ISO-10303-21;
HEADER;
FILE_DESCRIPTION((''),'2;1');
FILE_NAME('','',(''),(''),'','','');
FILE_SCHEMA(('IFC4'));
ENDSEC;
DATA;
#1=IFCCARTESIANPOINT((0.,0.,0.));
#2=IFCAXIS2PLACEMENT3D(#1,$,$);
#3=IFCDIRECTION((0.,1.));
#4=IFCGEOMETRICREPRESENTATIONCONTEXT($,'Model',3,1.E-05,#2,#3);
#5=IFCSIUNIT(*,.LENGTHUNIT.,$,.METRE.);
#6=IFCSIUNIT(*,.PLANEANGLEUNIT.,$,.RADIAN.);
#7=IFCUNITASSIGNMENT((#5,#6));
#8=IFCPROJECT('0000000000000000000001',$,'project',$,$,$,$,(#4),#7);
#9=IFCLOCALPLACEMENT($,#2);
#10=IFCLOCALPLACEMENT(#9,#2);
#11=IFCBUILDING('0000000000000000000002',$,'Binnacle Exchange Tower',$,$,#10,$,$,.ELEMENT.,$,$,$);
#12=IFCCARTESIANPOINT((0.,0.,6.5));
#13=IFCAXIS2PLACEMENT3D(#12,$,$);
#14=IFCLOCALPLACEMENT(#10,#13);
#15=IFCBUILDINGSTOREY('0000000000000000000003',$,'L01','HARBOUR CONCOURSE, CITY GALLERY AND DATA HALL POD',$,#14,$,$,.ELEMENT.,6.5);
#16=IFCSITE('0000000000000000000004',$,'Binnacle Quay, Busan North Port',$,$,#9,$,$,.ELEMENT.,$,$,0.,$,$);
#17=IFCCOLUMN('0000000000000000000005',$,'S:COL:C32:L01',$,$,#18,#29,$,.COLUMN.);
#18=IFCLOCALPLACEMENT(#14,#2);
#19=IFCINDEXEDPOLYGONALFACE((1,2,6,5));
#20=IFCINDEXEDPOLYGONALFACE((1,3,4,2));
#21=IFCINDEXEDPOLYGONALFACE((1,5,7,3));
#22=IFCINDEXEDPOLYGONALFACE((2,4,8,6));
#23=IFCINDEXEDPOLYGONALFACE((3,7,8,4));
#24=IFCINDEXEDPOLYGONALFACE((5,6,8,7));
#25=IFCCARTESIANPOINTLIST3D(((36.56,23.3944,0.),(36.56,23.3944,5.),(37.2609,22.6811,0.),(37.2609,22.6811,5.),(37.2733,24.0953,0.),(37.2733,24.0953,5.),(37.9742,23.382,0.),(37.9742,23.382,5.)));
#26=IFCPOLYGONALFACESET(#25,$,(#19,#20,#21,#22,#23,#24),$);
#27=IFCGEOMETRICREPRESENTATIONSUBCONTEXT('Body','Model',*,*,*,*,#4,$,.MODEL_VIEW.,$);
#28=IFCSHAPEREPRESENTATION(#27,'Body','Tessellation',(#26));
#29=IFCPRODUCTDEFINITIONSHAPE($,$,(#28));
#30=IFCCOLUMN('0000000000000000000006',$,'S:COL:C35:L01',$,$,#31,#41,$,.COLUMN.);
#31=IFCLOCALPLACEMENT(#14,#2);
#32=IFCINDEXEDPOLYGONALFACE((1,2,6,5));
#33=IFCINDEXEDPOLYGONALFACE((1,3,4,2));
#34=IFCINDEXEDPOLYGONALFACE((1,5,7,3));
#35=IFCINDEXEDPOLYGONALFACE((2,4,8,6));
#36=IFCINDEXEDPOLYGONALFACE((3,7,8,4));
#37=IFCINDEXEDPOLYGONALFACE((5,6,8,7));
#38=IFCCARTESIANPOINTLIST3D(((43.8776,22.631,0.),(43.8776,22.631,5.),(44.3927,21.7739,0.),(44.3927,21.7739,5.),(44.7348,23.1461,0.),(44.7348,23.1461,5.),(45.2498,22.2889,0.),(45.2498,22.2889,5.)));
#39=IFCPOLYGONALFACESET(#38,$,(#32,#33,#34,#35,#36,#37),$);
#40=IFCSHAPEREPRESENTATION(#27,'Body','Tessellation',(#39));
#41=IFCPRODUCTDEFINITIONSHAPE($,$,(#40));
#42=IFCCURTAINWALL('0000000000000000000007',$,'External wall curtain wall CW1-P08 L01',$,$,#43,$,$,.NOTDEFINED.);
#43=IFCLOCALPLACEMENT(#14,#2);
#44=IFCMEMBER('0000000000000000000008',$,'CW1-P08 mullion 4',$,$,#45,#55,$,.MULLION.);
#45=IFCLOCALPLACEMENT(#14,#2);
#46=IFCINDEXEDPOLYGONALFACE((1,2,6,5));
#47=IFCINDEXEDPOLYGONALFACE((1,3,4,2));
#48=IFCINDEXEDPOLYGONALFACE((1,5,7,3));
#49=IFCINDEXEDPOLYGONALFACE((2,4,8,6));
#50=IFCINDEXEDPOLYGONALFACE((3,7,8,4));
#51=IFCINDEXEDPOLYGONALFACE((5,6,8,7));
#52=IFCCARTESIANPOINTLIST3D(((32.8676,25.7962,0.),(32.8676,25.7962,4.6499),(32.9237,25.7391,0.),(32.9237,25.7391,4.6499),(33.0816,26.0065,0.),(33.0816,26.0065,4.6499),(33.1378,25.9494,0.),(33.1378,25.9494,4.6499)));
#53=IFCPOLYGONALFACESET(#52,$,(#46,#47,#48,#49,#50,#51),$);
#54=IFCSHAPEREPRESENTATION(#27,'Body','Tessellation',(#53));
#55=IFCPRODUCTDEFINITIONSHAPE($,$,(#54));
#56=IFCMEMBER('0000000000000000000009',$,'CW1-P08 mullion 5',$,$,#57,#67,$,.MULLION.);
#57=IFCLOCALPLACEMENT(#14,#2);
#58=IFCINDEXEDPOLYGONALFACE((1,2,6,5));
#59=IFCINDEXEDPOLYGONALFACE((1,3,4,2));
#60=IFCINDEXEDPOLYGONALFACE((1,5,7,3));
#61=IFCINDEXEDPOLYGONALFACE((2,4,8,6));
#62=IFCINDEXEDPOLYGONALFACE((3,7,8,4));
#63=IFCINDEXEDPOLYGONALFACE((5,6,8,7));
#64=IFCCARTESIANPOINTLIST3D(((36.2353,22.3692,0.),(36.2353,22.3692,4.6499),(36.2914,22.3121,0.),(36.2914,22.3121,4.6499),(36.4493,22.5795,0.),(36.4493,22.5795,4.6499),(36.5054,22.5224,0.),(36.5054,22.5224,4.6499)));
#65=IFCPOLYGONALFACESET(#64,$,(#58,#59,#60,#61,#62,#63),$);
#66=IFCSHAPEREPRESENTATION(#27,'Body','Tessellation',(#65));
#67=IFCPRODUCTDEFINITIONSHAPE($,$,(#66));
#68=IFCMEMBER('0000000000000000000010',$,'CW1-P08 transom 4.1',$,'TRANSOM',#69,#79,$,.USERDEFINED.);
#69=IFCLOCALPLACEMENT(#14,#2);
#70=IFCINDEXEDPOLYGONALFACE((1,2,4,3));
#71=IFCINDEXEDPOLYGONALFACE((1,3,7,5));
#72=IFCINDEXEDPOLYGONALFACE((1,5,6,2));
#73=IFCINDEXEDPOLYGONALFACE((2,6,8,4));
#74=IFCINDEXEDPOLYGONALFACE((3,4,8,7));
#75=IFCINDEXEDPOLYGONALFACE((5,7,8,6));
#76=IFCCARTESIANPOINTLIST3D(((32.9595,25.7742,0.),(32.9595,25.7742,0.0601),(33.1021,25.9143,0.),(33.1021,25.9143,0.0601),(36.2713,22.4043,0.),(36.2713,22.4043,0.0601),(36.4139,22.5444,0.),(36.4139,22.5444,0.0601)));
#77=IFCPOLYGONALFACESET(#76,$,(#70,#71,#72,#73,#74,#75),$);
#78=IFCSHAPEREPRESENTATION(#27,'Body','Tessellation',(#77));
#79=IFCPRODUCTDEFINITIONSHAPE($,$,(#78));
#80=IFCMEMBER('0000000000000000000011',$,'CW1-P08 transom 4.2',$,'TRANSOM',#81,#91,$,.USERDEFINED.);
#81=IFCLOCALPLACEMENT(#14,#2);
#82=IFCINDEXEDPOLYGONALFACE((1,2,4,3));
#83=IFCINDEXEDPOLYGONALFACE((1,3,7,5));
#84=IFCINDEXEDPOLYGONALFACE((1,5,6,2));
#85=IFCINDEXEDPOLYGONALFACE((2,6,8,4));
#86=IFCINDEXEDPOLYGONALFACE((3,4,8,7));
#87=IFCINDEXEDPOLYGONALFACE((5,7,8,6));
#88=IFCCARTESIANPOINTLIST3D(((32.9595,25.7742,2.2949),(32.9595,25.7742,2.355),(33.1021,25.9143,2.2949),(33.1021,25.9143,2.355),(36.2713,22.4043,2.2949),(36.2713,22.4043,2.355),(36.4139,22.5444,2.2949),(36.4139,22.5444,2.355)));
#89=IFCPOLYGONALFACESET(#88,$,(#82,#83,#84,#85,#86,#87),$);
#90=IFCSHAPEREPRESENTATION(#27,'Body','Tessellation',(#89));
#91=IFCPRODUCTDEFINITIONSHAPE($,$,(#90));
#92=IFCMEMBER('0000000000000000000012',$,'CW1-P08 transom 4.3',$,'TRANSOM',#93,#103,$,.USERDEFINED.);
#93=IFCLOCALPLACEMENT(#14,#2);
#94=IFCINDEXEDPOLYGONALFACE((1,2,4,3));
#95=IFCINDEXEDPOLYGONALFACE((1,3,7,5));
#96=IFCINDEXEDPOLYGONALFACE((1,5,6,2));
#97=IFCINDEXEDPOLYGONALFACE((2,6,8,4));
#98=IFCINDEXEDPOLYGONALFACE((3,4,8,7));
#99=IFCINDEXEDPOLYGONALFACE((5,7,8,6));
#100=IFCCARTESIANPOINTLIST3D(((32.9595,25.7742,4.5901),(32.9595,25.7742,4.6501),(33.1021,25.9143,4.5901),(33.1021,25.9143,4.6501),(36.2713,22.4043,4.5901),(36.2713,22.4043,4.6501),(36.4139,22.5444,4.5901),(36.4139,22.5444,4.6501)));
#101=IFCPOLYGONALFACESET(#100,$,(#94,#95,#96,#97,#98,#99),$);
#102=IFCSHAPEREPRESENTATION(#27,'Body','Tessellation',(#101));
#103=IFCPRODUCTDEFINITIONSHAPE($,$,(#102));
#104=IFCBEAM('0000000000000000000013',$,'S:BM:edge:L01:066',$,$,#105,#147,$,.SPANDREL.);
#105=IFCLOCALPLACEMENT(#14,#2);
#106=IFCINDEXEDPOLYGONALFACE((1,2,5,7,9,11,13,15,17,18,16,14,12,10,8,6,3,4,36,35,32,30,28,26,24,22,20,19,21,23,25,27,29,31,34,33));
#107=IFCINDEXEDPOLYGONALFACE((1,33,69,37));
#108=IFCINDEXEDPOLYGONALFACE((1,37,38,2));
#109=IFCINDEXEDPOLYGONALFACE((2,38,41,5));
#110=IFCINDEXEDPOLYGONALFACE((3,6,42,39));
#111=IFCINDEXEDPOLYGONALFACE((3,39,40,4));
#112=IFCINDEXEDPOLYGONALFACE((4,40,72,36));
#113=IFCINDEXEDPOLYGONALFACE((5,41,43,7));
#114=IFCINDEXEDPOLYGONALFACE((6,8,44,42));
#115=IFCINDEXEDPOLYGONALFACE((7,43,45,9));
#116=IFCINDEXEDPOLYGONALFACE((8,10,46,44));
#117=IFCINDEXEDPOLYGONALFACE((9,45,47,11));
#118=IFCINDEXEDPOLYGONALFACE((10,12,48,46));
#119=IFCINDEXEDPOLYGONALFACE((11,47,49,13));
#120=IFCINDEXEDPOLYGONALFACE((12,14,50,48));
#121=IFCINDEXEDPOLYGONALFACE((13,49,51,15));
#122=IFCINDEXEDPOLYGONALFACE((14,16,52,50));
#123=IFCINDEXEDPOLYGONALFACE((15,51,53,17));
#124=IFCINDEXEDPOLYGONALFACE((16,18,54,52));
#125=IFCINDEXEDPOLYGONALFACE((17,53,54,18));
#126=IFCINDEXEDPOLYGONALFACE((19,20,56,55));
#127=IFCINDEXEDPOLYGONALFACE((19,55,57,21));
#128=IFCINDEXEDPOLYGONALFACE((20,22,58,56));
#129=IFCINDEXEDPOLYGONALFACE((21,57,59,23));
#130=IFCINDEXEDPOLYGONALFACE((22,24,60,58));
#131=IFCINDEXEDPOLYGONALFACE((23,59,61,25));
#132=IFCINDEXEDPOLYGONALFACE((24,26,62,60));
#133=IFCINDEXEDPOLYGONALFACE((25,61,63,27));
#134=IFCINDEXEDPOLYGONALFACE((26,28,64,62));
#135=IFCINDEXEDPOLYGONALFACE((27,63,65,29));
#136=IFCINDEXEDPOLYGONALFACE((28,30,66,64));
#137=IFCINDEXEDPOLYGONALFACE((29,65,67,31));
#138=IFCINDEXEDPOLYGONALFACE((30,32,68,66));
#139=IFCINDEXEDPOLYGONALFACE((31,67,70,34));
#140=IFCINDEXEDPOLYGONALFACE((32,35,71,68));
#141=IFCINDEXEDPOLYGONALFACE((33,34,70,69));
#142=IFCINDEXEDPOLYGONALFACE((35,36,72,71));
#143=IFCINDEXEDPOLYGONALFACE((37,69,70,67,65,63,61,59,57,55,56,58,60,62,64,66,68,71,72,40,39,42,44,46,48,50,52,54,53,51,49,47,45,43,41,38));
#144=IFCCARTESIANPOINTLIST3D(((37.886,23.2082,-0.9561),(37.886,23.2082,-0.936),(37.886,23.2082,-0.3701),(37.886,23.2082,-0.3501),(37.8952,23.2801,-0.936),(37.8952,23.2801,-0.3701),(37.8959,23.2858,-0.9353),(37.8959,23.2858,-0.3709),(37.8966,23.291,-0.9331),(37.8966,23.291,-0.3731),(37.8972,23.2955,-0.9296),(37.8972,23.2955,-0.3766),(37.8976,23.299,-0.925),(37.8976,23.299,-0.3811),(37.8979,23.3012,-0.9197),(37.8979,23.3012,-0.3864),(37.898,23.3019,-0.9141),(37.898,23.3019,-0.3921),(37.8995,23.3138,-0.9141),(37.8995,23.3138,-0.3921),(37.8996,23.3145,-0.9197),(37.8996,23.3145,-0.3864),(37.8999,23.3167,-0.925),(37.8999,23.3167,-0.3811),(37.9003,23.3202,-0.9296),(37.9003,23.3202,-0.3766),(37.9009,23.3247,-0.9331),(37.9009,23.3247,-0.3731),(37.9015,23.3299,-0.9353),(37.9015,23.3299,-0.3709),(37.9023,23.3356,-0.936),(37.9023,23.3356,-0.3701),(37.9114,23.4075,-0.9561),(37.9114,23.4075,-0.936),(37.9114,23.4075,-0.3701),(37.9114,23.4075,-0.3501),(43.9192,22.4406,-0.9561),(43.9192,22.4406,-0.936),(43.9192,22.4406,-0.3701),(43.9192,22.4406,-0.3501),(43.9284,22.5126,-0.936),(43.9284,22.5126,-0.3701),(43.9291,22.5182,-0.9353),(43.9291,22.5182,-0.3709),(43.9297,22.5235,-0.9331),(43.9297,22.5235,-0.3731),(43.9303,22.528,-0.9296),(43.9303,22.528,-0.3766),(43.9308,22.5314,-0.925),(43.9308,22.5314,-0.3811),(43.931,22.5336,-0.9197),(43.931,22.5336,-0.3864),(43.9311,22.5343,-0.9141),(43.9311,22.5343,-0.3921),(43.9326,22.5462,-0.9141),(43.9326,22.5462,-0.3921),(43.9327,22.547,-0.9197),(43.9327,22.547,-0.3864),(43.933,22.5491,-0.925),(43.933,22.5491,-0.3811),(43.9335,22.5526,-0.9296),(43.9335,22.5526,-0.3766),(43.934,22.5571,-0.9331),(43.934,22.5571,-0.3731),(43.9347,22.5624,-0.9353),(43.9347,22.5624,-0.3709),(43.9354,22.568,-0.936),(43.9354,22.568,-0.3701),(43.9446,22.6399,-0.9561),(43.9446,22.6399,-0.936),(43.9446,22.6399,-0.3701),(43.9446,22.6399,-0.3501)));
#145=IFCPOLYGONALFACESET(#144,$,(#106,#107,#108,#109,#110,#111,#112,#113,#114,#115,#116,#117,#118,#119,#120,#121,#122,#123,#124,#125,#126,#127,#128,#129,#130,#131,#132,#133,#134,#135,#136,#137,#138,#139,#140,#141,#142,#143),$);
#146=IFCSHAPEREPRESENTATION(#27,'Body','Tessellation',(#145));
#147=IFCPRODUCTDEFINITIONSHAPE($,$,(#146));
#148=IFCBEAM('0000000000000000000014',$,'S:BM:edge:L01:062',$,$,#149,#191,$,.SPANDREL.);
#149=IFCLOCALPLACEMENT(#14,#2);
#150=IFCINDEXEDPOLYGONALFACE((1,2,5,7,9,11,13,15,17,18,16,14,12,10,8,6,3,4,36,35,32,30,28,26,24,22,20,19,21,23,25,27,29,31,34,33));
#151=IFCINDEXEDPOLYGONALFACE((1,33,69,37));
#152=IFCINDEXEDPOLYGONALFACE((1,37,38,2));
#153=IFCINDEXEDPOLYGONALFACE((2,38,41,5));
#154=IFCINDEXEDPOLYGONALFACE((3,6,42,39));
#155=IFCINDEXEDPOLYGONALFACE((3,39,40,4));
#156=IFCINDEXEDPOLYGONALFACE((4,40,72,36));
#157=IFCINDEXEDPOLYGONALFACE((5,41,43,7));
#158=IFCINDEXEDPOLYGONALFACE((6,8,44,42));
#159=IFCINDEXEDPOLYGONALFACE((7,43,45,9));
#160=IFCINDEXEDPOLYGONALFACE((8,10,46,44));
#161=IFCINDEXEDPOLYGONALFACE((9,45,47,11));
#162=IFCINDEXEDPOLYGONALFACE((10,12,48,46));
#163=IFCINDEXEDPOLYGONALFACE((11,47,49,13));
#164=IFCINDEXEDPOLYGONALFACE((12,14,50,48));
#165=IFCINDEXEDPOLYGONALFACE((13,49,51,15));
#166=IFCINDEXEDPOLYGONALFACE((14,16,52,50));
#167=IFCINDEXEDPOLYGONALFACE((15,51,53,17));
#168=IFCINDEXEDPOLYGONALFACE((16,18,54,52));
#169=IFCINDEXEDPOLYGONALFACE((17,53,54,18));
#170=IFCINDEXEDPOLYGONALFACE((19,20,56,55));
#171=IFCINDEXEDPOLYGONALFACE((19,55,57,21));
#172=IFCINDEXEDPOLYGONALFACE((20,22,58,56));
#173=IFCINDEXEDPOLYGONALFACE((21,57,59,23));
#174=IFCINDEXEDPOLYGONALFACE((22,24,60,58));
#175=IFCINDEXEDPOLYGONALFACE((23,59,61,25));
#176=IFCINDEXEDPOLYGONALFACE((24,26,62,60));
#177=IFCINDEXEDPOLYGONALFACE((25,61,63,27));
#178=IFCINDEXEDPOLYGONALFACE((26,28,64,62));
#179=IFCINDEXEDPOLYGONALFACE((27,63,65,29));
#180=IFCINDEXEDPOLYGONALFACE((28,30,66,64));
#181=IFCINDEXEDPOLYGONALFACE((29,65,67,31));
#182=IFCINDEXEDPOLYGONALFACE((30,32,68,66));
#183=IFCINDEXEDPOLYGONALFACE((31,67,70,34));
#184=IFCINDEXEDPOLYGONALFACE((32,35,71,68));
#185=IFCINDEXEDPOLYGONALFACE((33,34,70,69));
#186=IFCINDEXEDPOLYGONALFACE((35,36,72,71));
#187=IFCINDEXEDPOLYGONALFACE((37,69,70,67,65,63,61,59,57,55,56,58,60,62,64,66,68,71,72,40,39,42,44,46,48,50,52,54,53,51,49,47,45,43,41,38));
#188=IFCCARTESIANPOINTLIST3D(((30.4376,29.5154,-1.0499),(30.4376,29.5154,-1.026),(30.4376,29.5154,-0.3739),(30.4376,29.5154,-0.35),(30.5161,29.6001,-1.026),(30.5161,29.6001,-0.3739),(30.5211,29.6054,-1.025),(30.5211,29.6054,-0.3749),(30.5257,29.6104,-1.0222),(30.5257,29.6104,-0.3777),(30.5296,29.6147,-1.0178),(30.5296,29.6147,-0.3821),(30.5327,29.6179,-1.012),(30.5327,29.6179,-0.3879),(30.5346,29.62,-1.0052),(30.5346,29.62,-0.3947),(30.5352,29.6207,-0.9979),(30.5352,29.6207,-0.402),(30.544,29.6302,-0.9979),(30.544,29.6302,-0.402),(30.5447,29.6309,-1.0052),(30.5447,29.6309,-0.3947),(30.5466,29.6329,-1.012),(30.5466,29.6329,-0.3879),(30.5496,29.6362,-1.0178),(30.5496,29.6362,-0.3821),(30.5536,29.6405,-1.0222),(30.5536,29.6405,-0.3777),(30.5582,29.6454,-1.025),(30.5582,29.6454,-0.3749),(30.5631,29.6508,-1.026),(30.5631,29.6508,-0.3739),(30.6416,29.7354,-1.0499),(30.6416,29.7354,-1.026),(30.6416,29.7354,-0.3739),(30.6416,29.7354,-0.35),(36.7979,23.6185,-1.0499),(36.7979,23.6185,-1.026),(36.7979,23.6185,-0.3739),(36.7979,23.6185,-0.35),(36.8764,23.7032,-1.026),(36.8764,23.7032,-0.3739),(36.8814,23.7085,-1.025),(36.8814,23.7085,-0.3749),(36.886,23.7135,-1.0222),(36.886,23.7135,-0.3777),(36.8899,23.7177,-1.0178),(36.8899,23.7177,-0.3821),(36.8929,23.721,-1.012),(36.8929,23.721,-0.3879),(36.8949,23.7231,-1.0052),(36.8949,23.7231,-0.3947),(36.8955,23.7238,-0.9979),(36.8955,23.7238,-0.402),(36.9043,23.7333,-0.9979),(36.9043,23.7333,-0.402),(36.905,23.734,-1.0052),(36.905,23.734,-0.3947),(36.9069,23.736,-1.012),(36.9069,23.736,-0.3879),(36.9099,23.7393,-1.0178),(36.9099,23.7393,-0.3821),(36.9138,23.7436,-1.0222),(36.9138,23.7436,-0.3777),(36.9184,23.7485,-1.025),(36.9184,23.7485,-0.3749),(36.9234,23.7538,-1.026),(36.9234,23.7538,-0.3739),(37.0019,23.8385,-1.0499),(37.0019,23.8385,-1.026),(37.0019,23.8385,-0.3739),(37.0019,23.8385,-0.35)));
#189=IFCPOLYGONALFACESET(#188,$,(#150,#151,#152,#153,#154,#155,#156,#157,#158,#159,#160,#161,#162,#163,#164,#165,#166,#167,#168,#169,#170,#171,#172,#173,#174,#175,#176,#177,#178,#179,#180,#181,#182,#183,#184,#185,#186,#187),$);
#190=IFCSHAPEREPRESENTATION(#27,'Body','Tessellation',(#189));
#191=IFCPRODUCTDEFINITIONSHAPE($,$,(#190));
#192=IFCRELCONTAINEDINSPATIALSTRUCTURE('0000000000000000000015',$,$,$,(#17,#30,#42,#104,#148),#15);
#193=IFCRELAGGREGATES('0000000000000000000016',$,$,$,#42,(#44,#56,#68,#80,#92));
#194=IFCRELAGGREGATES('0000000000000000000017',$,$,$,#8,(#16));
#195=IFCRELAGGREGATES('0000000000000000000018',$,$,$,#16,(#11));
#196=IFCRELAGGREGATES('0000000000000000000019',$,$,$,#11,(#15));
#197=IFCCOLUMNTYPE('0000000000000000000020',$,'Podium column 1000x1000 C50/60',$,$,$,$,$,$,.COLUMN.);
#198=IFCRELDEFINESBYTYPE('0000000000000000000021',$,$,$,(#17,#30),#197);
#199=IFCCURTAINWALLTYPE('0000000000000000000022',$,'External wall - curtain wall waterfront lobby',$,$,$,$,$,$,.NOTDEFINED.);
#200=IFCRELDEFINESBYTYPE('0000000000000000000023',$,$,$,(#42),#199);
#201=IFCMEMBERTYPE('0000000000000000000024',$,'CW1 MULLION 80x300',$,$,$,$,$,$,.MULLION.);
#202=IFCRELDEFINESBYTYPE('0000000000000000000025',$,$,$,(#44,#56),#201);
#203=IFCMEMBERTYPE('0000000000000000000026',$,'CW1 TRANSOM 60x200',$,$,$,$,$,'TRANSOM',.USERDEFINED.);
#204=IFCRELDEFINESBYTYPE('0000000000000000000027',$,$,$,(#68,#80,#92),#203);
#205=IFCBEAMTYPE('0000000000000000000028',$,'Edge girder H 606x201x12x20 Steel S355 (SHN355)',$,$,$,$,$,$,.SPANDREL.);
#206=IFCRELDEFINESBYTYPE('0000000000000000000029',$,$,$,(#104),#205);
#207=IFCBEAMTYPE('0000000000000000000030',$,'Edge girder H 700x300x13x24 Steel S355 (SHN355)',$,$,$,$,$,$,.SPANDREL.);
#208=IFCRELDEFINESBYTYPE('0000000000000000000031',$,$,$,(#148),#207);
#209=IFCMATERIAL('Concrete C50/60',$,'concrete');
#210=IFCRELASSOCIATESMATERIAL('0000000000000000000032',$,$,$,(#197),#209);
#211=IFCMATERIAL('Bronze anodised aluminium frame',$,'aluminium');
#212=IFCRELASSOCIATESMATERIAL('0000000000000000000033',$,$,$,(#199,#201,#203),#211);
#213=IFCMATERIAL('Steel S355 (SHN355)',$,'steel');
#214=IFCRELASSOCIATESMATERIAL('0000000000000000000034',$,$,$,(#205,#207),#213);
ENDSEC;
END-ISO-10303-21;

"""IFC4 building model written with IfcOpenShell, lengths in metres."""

from ifc_helpers import new_model, si_unit, direction, frame, origin, origin_2d, place, context, subcontext, project, spatial, rectangle, i_section, extrude, material, material_profile, profile_set, type_object, element, aggregate, save


model = new_model("IFC4")

# Units and contexts
model_context = context("Model", 3, precision=1e-05, world=origin(), true_north=direction((0.0, 1.0)))
body_context = subcontext(model_context, "Body", "Model", "MODEL_VIEW")
ifc_project = project(units=[si_unit("LENGTHUNIT", "METRE"), si_unit("PLANEANGLEUNIT", "RADIAN")], contexts=[model_context])

# Site, building, storey
site_placement = place(None, origin())
site = spatial("IfcSite", under=ifc_project, at=site_placement, Name="Binnacle Quay, Busan North Port", CompositionType="ELEMENT", RefElevation=0.0)
building_placement = place(site_placement, origin())
building = spatial("IfcBuilding", under=site, at=building_placement, Name="Binnacle Exchange Tower", CompositionType="ELEMENT")
storey_placement = place(building_placement, frame((0.0, 0.0, 6.5)))
storey = spatial("IfcBuildingStorey", under=building, at=storey_placement, Name="L01", Description="HARBOUR CONCOURSE, CITY GALLERY AND DATA HALL POD", CompositionType="ELEMENT", Elevation=6.5)

# Columns
ifc_material_1 = material(Name="Concrete C50/60", Category="concrete")
ifc_material_profile_1 = material_profile(ifc_material_1, rectangle(XDim=1.0, YDim=1.0, at=origin_2d()), Name="Podium column 1000x1000 C50/60")
ifc_profile_set_1 = profile_set([ifc_material_profile_1], Name="Concrete C50/60")
column_type = type_object("IfcColumnType", Name="Podium column 1000x1000 C50/60", PredefinedType="COLUMN", material=ifc_profile_set_1)
for number, where, z_axis, x_axis, name in (
    (1, (37.2671, 23.3882, 0.0), (0.0, 0.0, 1.0), (0.700909, -0.71325, 0.0), "S:COL:C32:L01"),
    (2, (44.5637, 22.46, 0.0), (0.0, 0.0, 1.0), (0.857167, 0.515038, 0.0), "S:COL:C35:L01"),
):
    element("IfcColumn", number, at=place(storey_placement, frame(where, z_axis=z_axis, x_axis=x_axis)), inside=storey, type_object=column_type, Name=name, PredefinedType="COLUMN", context=body_context, shape_type="SweptSolid", body=[
        extrude(rectangle(XDim=1.0, YDim=1.0, at=origin_2d()), origin(), (0.0, 0.0, 1.0), 5.0),
    ])

# Curtain wall, members
ifc_material_2 = material(Name="Bronze anodised aluminium frame", Category="aluminium")
curtain_wall_type = type_object("IfcCurtainWallType", Name="External wall - curtain wall waterfront lobby", PredefinedType="NOTDEFINED", material=ifc_material_2)
curtain_wall_placement = place(storey_placement, origin())
curtain_wall = element("IfcCurtainWall", 3, at=curtain_wall_placement, inside=storey, type_object=curtain_wall_type, Name="External wall curtain wall CW1-P08 L01", PredefinedType="NOTDEFINED")
ifc_material_profile_2 = material_profile(ifc_material_2, rectangle(XDim=0.3, YDim=0.0801, at=origin_2d()), Name="AL 80x300")
ifc_profile_set_2 = profile_set([ifc_material_profile_2], Name="Bronze anodised aluminium frame")
member_type_1 = type_object("IfcMemberType", Name="CW1 MULLION 80x300", PredefinedType="MULLION", material=ifc_profile_set_2)
member_1_placement = place(storey_placement, frame((33.0027, 25.8728, 0.0), z_axis=(0.0, 0.0, 1.0), x_axis=(0.71325, 0.700909, 0.0)))
member_1 = element("IfcMember", 4, at=member_1_placement, type_object=member_type_1, Name="CW1-P08 mullion 4", PredefinedType="MULLION", context=body_context, shape_type="SweptSolid", body=[
    extrude(rectangle(XDim=0.3, YDim=0.0801, at=origin_2d()), origin(), (0.0, 0.0, 1.0), 4.6499),
])
member_2_placement = place(storey_placement, frame((36.3704, 22.4458, 0.0), z_axis=(0.0, 0.0, 1.0), x_axis=(0.71325, 0.700909, 0.0)))
member_2 = element("IfcMember", 5, at=member_2_placement, type_object=member_type_1, Name="CW1-P08 mullion 5", PredefinedType="MULLION", context=body_context, shape_type="SweptSolid", body=[
    extrude(rectangle(XDim=0.3, YDim=0.0801, at=origin_2d()), origin(), (0.0, 0.0, 1.0), 4.6499),
])
ifc_material_profile_3 = material_profile(ifc_material_2, rectangle(XDim=0.2, YDim=0.0601, at=origin_2d()), Name="AL 200x60")
ifc_profile_set_3 = profile_set([ifc_material_profile_3], Name="Bronze anodised aluminium frame")
member_type_2 = type_object("IfcMemberType", Name="CW1 TRANSOM 60x200", ElementType="TRANSOM", PredefinedType="USERDEFINED", material=ifc_profile_set_3)
member_3_placement = place(storey_placement, frame((33.0308, 25.8442, 0.03), z_axis=(0.700931, -0.713229, 0.0), x_axis=(0.713229, 0.700931, 0.0)))
member_3 = element("IfcMember", 6, at=member_3_placement, type_object=member_type_2, Name="CW1-P08 transom 4.1", ObjectType="TRANSOM", PredefinedType="USERDEFINED", context=body_context, shape_type="SweptSolid", body=[
    extrude(rectangle(XDim=0.2, YDim=0.0601, at=origin_2d()), origin(), (0.0, 0.0, 1.0), 4.7249),
])
member_4_placement = place(storey_placement, frame((33.0308, 25.8442, 2.325), z_axis=(0.700931, -0.713229, 0.0), x_axis=(0.713229, 0.700931, 0.0)))
member_4 = element("IfcMember", 7, at=member_4_placement, type_object=member_type_2, Name="CW1-P08 transom 4.2", ObjectType="TRANSOM", PredefinedType="USERDEFINED", context=body_context, shape_type="SweptSolid", body=[
    extrude(rectangle(XDim=0.2, YDim=0.0601, at=origin_2d()), origin(), (0.0, 0.0, 1.0), 4.7249),
])
member_5_placement = place(storey_placement, frame((33.0308, 25.8442, 4.6201), z_axis=(0.700931, -0.713229, 0.0), x_axis=(0.713229, 0.700931, 0.0)))
member_5 = element("IfcMember", 8, at=member_5_placement, type_object=member_type_2, Name="CW1-P08 transom 4.3", ObjectType="TRANSOM", PredefinedType="USERDEFINED", context=body_context, shape_type="SweptSolid", body=[
    extrude(rectangle(XDim=0.2, YDim=0.0601, at=origin_2d()), origin(), (0.0, 0.0, 1.0), 4.7249),
])

# Beams
ifc_material_3 = material(Name="Steel S355 (SHN355)", Category="steel")
ifc_material_profile_4 = material_profile(ifc_material_3, i_section(OverallWidth=0.2009, OverallDepth=0.606, WebThickness=0.012, FlangeThickness=0.02, FilletRadius=0.022, at=origin_2d()), Name="H 606x201x12x20")
ifc_profile_set_4 = profile_set([ifc_material_profile_4], Name="Steel S355 (SHN355)")
beam_type_1 = type_object("IfcBeamType", Name="Edge girder H 606x201x12x20 Steel S355 (SHN355)", PredefinedType="SPANDREL", material=ifc_profile_set_4)
beam_1_placement = place(storey_placement, frame((43.9319, 22.5403, -0.6531), z_axis=(-0.992004, 0.126208, 0.0), x_axis=(-0.126208, -0.992004, 0.0)))
element("IfcBeam", 9, at=beam_1_placement, inside=storey, type_object=beam_type_1, Name="S:BM:edge:L01:066", PredefinedType="SPANDREL", context=body_context, shape_type="SweptSolid", body=[
    extrude(i_section(OverallWidth=0.2009, OverallDepth=0.606, WebThickness=0.012, FlangeThickness=0.02, FilletRadius=0.022, at=origin_2d()), origin(), (0.0, 0.0, 1.0), 6.0818),
])
ifc_material_profile_5 = material_profile(ifc_material_3, i_section(OverallWidth=0.3, OverallDepth=0.7, WebThickness=0.0129, FlangeThickness=0.0239, FilletRadius=0.0281, at=origin_2d()), Name="H 700x300x13x24")
ifc_profile_set_5 = profile_set([ifc_material_profile_5], Name="Steel S355 (SHN355)")
beam_type_2 = type_object("IfcBeamType", Name="Edge girder H 700x300x13x24 Steel S355 (SHN355)", PredefinedType="SPANDREL", material=ifc_profile_set_5)
beam_2_placement = place(storey_placement, frame((36.8999, 23.7285, -0.7), z_axis=(-0.733315, 0.679889, 0.0), x_axis=(-0.679889, -0.733315, 0.0)))
element("IfcBeam", 10, at=beam_2_placement, inside=storey, type_object=beam_type_2, Name="S:BM:edge:L01:062", PredefinedType="SPANDREL", context=body_context, shape_type="SweptSolid", body=[
    extrude(i_section(OverallWidth=0.3, OverallDepth=0.7, WebThickness=0.0129, FlangeThickness=0.0239, FilletRadius=0.0281, at=origin_2d()), origin(), (0.0, 0.0, 1.0), 8.6733),
])

aggregate(curtain_wall, [member_1, member_2, member_3, member_4, member_5])

save(model, "model.ifc")
